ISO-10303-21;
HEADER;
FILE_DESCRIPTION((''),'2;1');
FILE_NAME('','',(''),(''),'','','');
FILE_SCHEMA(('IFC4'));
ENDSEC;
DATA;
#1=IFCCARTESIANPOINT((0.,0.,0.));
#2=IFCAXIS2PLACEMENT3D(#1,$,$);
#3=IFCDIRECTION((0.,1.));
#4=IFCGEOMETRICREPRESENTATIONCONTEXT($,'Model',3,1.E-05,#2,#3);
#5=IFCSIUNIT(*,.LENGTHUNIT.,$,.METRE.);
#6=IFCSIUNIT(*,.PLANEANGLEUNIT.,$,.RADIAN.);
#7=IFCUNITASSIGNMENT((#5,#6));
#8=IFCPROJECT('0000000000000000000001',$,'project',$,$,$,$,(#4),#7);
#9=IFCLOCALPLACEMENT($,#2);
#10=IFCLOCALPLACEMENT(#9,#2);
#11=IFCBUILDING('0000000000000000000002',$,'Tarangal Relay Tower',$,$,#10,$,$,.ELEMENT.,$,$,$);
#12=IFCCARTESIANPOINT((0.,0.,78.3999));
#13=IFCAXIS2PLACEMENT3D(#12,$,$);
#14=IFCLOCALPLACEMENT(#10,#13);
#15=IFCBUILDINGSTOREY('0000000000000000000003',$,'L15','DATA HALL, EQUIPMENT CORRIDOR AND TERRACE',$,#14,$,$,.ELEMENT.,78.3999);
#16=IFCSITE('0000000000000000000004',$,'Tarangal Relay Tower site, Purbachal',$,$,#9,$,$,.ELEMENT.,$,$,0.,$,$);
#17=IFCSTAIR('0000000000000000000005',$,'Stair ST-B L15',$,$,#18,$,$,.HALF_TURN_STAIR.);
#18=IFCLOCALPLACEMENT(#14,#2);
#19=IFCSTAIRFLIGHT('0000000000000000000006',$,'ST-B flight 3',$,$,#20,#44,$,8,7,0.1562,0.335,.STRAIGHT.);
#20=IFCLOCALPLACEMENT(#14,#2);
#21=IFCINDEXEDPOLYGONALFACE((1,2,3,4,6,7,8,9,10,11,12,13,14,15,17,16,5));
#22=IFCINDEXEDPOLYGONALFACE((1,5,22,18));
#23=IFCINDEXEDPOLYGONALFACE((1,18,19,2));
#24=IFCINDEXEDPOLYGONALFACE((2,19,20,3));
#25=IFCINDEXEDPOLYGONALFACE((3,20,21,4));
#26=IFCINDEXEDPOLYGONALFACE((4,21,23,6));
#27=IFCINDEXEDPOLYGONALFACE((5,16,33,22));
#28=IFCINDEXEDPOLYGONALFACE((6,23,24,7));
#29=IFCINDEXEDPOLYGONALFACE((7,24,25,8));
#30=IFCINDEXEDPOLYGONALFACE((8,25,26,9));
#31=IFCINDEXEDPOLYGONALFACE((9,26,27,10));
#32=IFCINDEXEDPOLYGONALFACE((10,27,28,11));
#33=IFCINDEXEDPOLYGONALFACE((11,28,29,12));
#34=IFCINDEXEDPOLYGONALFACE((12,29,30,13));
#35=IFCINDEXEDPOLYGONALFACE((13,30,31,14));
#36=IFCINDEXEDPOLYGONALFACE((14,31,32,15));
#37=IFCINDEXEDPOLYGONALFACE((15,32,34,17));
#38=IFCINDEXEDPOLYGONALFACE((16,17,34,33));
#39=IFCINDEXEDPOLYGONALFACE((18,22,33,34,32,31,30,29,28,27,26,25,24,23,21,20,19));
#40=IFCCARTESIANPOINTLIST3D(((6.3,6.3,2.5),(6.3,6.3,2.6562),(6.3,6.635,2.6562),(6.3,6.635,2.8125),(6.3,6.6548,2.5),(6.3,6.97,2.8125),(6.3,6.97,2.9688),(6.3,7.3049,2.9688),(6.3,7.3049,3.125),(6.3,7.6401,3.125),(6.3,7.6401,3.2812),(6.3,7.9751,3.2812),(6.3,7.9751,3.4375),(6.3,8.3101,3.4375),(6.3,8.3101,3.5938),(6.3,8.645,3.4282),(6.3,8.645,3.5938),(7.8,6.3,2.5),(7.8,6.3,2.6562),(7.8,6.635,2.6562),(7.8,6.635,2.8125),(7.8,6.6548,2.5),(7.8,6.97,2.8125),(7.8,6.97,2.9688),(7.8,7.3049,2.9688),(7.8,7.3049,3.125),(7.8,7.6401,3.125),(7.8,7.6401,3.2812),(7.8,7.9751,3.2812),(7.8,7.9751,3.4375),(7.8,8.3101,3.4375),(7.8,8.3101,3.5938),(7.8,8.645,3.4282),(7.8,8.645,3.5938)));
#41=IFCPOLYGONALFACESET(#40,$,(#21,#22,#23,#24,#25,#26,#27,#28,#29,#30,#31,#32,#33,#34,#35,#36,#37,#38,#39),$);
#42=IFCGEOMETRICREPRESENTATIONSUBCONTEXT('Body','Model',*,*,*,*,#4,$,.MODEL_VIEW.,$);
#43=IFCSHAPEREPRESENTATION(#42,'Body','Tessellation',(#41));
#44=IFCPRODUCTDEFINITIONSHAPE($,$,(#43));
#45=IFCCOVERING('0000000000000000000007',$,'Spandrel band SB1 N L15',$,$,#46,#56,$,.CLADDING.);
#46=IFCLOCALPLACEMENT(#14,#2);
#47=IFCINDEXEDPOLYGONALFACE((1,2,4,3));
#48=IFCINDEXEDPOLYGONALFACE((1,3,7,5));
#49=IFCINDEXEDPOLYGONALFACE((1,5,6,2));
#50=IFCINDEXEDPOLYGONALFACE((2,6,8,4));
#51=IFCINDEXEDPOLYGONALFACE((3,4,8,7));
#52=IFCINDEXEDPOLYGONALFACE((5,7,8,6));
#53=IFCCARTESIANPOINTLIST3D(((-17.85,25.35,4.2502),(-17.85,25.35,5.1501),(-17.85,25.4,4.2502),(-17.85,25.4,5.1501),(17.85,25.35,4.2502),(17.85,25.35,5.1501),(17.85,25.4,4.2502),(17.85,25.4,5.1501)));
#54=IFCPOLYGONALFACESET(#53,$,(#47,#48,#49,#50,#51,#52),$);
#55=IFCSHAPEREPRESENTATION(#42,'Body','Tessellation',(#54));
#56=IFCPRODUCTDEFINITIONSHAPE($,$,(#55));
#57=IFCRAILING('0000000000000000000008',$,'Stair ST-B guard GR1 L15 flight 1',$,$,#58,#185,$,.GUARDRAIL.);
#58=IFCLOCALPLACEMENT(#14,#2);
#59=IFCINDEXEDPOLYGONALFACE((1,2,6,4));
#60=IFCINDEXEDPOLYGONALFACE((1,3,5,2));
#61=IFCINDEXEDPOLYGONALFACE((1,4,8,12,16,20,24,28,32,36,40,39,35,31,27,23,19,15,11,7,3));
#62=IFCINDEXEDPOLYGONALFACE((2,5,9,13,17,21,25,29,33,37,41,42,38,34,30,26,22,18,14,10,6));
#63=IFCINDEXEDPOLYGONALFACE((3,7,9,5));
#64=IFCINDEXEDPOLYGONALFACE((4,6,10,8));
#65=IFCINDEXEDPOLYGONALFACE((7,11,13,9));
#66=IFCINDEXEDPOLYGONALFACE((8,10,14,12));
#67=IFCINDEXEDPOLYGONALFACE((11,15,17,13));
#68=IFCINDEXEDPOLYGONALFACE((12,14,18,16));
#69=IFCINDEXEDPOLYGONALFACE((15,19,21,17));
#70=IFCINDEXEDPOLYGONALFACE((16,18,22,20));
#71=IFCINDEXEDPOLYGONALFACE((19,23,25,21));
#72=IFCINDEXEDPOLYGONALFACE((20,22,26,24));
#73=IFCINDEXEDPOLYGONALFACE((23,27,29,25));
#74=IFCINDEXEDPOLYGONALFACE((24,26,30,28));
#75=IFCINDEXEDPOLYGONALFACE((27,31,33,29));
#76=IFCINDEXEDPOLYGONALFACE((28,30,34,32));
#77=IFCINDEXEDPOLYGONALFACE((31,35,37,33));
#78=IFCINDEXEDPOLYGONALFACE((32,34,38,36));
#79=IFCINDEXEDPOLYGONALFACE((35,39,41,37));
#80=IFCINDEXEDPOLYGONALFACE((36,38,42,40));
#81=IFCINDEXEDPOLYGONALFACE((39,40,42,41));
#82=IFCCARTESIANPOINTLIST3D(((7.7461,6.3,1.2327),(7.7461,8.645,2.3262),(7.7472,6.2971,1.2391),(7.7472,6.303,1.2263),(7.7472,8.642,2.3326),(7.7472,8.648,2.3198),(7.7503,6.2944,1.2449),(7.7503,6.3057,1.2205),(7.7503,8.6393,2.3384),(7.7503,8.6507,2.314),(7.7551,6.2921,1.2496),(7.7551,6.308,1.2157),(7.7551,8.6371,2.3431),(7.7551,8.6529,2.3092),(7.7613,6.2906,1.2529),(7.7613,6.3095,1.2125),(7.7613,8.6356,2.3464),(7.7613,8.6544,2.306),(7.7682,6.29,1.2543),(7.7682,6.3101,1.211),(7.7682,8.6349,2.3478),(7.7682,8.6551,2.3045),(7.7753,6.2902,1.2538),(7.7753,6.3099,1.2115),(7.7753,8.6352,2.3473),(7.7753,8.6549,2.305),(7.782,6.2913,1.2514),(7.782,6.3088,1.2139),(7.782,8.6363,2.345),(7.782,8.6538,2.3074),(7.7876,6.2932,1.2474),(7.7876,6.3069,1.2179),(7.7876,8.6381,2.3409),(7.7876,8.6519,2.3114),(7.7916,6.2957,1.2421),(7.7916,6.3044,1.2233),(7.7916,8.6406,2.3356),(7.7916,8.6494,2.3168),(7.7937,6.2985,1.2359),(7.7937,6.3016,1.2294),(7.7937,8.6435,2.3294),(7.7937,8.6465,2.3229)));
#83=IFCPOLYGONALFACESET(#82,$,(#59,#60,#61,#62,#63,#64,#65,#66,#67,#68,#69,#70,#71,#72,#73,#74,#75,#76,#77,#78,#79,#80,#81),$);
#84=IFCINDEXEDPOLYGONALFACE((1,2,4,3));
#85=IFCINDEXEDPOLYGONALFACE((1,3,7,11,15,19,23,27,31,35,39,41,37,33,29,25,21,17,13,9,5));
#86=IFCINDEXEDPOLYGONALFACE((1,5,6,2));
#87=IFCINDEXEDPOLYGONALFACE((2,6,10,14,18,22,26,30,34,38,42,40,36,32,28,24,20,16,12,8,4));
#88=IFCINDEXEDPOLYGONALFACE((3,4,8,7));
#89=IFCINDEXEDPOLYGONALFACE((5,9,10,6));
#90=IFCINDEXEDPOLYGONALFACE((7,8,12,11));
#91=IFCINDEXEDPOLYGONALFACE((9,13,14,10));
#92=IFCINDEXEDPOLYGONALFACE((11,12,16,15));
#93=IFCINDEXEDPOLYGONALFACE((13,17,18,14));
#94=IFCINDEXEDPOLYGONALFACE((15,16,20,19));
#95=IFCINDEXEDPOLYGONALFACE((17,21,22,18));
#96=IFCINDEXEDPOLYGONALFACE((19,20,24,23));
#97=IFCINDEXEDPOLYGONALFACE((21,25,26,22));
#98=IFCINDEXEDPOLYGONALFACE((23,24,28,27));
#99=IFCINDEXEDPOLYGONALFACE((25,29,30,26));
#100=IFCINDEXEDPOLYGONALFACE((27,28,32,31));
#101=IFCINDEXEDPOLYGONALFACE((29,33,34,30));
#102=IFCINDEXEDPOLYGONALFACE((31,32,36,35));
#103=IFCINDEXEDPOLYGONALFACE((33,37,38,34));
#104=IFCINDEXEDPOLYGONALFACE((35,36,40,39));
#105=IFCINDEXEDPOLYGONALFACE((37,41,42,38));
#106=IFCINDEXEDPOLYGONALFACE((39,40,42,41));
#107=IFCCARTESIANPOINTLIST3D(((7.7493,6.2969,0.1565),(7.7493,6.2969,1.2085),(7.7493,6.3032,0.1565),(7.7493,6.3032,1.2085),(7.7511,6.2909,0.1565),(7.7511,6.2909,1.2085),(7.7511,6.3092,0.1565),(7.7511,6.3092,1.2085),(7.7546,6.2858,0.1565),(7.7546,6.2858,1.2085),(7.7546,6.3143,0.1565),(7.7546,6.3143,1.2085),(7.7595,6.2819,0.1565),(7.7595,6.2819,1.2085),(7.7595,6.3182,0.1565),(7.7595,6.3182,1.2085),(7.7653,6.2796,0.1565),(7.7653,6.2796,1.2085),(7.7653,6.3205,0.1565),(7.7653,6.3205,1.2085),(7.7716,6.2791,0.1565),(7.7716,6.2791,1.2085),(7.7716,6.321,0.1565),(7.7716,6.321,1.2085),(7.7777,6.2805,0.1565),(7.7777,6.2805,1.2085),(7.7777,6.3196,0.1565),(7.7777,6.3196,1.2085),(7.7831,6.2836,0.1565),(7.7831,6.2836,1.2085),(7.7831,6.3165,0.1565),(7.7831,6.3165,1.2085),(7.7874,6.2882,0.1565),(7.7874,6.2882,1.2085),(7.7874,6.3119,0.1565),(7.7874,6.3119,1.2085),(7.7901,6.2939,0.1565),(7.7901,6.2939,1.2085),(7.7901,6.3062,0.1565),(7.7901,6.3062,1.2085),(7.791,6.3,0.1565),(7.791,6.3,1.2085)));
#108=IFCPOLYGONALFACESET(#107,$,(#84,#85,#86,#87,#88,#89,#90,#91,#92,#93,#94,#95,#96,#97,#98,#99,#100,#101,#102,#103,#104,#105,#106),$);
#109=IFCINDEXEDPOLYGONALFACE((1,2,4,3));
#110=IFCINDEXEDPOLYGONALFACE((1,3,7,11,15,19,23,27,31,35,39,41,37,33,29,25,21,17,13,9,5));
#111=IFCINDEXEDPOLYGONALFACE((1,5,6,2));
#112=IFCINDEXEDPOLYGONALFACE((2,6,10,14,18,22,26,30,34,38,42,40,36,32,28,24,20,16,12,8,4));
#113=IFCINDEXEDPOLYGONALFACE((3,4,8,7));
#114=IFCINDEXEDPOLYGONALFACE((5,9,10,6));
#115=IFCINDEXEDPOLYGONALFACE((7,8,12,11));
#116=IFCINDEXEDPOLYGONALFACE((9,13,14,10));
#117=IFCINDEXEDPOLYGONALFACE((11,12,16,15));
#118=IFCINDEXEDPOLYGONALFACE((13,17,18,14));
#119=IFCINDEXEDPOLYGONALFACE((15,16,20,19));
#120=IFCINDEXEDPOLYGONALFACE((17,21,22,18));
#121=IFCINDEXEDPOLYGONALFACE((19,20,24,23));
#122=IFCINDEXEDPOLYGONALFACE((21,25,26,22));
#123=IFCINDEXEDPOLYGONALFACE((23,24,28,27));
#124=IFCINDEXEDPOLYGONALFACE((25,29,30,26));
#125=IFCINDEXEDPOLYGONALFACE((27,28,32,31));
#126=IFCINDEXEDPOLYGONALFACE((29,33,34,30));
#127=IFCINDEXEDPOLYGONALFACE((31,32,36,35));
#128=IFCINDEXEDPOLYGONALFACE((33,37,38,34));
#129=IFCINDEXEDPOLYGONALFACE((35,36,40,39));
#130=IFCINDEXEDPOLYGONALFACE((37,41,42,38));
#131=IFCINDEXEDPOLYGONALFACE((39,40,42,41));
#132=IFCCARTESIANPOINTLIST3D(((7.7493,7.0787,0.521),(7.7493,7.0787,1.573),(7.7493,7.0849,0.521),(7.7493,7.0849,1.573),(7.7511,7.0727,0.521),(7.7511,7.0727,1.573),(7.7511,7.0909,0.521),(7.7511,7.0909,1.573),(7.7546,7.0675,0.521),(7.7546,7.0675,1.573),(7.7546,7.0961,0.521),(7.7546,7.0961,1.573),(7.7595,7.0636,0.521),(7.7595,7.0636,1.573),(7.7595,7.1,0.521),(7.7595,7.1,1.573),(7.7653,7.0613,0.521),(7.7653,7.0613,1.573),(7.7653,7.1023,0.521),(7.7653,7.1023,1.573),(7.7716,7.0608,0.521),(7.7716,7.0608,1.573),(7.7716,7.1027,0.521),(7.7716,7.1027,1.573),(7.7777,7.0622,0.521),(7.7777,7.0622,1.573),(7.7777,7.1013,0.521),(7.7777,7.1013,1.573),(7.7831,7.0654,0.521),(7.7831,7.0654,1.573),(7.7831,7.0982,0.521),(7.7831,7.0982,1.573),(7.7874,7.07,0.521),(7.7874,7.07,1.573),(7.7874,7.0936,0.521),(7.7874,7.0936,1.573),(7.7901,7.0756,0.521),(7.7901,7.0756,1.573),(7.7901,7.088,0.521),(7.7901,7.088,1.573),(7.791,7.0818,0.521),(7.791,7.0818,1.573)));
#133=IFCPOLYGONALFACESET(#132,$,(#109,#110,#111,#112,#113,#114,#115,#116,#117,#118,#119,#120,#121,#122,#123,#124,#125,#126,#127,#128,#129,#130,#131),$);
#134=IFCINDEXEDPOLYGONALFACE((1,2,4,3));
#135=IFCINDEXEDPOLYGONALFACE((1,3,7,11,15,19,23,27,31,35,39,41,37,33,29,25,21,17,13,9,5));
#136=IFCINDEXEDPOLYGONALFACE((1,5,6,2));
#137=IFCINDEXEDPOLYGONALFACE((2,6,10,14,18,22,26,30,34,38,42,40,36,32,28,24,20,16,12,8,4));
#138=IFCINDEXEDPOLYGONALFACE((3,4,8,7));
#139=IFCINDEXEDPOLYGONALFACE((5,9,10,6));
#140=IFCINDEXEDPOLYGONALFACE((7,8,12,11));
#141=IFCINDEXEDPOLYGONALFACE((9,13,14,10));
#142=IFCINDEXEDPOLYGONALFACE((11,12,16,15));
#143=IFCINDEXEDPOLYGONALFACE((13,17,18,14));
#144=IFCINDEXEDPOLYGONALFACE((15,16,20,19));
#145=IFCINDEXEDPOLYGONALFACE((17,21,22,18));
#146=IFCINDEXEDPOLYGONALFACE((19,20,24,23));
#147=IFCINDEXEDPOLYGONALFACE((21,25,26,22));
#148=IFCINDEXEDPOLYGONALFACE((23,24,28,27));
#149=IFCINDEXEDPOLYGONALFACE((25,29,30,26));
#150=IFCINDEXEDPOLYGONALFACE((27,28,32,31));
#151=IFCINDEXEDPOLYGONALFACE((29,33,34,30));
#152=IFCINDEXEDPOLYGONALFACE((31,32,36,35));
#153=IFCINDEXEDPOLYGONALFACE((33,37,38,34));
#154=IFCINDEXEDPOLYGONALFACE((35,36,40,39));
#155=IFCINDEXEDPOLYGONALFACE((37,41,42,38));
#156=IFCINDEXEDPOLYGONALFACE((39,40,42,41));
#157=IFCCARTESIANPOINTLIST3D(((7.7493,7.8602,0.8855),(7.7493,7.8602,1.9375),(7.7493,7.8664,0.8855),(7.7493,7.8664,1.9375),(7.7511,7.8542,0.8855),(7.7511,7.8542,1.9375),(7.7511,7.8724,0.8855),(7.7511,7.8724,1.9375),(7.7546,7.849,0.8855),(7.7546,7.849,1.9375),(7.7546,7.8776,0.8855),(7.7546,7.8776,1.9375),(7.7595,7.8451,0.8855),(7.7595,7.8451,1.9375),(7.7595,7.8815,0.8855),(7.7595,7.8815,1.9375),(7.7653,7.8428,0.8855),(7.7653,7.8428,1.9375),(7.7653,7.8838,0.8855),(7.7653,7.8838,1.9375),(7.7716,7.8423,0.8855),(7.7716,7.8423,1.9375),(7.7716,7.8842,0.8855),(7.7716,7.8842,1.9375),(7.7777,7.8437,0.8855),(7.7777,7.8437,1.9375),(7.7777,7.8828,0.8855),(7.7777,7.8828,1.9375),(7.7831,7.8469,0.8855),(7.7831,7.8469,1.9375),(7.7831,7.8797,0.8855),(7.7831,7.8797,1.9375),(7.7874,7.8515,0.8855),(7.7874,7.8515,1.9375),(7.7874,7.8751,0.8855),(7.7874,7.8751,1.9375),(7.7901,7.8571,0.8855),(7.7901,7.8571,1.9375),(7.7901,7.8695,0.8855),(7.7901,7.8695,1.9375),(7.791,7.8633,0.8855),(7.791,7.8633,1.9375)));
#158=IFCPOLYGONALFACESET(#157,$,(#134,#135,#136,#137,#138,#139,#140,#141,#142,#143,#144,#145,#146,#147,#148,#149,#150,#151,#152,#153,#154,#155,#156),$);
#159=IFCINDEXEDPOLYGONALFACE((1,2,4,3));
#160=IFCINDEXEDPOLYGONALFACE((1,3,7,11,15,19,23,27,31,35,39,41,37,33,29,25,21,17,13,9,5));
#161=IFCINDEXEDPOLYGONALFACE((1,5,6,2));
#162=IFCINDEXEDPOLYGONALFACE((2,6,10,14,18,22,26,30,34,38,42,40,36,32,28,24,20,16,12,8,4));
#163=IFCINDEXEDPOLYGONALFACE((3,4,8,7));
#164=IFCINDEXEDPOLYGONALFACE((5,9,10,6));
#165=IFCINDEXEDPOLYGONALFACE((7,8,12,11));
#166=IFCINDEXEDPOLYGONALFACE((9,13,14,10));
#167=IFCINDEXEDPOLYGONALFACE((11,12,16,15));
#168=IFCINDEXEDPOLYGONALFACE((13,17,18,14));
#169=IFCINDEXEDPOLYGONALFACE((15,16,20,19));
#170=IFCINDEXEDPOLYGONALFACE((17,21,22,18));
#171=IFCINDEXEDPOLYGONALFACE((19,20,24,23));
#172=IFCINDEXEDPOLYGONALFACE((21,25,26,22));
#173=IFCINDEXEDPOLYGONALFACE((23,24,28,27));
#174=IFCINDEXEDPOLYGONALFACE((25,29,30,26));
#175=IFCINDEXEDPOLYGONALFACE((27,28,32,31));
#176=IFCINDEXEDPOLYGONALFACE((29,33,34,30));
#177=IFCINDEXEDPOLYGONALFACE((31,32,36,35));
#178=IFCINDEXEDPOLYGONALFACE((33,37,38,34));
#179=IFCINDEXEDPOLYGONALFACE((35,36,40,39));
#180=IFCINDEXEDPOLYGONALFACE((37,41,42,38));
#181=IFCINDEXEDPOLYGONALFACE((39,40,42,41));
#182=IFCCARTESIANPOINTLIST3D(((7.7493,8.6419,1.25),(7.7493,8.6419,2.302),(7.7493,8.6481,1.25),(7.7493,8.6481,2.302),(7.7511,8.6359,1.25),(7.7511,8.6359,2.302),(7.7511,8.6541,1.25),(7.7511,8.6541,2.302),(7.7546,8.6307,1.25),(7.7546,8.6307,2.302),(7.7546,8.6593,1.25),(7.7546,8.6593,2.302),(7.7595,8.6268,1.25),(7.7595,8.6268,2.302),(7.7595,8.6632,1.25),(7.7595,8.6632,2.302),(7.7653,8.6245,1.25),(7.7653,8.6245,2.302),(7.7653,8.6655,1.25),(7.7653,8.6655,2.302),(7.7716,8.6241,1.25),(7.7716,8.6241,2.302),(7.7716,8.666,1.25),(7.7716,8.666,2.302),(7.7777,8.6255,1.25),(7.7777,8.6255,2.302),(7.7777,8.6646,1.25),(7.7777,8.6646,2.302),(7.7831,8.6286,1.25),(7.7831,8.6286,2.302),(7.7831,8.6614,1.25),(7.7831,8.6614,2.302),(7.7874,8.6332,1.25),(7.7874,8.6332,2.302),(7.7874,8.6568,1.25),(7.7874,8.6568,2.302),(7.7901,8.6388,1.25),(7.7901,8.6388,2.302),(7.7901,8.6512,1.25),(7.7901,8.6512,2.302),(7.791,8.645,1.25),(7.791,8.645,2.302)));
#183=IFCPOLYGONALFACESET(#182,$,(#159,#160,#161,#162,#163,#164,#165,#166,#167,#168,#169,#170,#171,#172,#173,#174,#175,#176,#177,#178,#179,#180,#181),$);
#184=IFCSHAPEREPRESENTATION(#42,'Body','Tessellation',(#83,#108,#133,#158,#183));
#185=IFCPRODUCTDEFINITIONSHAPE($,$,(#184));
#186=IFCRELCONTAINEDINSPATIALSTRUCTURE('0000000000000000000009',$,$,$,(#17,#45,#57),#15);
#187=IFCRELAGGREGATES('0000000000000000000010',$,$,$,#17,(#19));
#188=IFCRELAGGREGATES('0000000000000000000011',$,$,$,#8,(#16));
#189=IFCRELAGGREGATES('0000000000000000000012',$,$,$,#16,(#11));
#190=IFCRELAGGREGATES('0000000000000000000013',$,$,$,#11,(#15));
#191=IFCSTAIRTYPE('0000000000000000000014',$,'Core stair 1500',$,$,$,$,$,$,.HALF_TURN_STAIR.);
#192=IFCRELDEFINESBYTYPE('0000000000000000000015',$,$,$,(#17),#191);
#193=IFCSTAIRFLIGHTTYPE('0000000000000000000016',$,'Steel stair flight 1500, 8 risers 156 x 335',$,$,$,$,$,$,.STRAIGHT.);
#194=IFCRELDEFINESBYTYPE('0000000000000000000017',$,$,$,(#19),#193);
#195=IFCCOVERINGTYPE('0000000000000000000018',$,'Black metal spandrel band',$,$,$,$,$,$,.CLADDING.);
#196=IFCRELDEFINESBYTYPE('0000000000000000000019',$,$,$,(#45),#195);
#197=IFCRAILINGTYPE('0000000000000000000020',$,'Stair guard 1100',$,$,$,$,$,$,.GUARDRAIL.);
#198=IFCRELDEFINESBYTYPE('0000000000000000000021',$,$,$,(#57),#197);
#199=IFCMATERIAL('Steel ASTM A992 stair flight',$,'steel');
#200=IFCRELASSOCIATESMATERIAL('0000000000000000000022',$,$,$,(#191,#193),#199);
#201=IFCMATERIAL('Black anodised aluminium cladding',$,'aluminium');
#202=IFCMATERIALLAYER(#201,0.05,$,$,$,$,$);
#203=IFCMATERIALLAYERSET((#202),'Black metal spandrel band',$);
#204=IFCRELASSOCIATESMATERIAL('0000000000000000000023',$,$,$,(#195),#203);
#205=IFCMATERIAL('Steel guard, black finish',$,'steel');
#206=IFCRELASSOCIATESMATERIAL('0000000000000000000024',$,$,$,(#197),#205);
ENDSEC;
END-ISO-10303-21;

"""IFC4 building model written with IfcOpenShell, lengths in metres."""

from ifc_helpers import new_model, si_unit, direction, frame, origin, origin_2d, place, context, subcontext, project, spatial, polyline, rectangle, circle, outline, extrude, material, layer, layer_set, type_object, element, aggregate, save


model = new_model("IFC4")

# Units and contexts
model_context = context("Model", 3, precision=1e-05, world=origin(), true_north=direction((0.0, 1.0)))
body_context = subcontext(model_context, "Body", "Model", "MODEL_VIEW")
ifc_project = project(units=[si_unit("LENGTHUNIT", "METRE"), si_unit("PLANEANGLEUNIT", "RADIAN")], contexts=[model_context])

# Site, building, storey
site_placement = place(None, origin())
site = spatial("IfcSite", under=ifc_project, at=site_placement, Name="Tarangal Relay Tower site, Purbachal", CompositionType="ELEMENT", RefElevation=0.0)
building_placement = place(site_placement, origin())
building = spatial("IfcBuilding", under=site, at=building_placement, Name="Tarangal Relay Tower", CompositionType="ELEMENT")
storey_placement = place(building_placement, frame((0.0, 0.0, 78.3999)))
storey = spatial("IfcBuildingStorey", under=building, at=storey_placement, Name="L15", Description="DATA HALL, EQUIPMENT CORRIDOR AND TERRACE", CompositionType="ELEMENT", Elevation=78.3999)

# Stair
ifc_material_1 = material(Name="Steel ASTM A992 stair flight", Category="steel")
stair_type = type_object("IfcStairType", Name="Core stair 1500", PredefinedType="HALF_TURN_STAIR", material=ifc_material_1)
stair_1_placement = place(storey_placement, origin())
stair_1 = element("IfcStair", 1, at=stair_1_placement, inside=storey, type_object=stair_type, Name="Stair ST-B L15", PredefinedType="HALF_TURN_STAIR")

# Stair flight
stair_flight_type = type_object("IfcStairFlightType", Name="Steel stair flight 1500, 8 risers 156 x 335", PredefinedType="STRAIGHT", material=ifc_material_1)
stair_flight_1_placement = place(storey_placement, frame((7.05, 6.3, 2.5), z_axis=(0.0, 0.0, 1.0), x_axis=(0.0, 1.0, 0.0)))
stair_flight_1 = element("IfcStairFlight", 2, at=stair_flight_1_placement, type_object=stair_flight_type, Name="ST-B flight 3", NumberOfRisers=8, NumberOfTreads=7, PredefinedType="STRAIGHT", RiserHeight=0.1562, TreadLength=0.335, context=body_context, shape_type="SweptSolid", body=[
    extrude(outline(polyline([(0.0, 0.0), (0.0, 0.1562), (0.335, 0.1562), (0.335, 0.3125), (0.6699, 0.3125), (0.6699, 0.4688), (1.0049, 0.4688), (1.0049, 0.625), (1.3401, 0.625), (1.3401, 0.7812), (1.675, 0.7812), (1.675, 0.9375), (2.01, 0.9375), (2.01, 1.0938), (2.345, 1.0938), (2.345, 1.25), (2.345, 0.9282), (0.3547, 0.0), (0.0, 0.0)])), frame((0.0, 0.75, 0.0), z_axis=(0.0, -1.0, 0.0), x_axis=(1.0, 0.0, 0.0)), (0.0, 0.0, 1.0), 1.5),
])
aggregate(stair_1, [stair_flight_1])

# Covering
ifc_material_2 = material(Name="Black anodised aluminium cladding", Category="aluminium")
ifc_layer_1 = layer(ifc_material_2, 0.05)
ifc_layer_set_1 = layer_set([ifc_layer_1], Name="Black metal spandrel band")
covering_type = type_object("IfcCoveringType", Name="Black metal spandrel band", PredefinedType="CLADDING", material=ifc_layer_set_1)
covering_placement = place(storey_placement, frame((0.0, 25.375, 4.2502), z_axis=(0.0, 0.0, 1.0), x_axis=(1.0, 0.0, 0.0)))
element("IfcCovering", 3, at=covering_placement, inside=storey, type_object=covering_type, Name="Spandrel band SB1 N L15", PredefinedType="CLADDING", context=body_context, shape_type="SweptSolid", body=[
    extrude(rectangle(XDim=35.7, YDim=0.05, at=origin_2d()), origin(), (0.0, 0.0, 1.0), 0.8999),
])

# Railing
ifc_material_3 = material(Name="Steel guard, black finish", Category="steel")
railing_type_1 = type_object("IfcRailingType", Name="Stair guard 1100", PredefinedType="GUARDRAIL", material=ifc_material_3)
railing_1_placement = place(storey_placement, frame((7.77, 6.3, 0.1565)))
element("IfcRailing", 4, at=railing_1_placement, inside=storey, type_object=railing_type_1, Name="Stair ST-B guard GR1 L15 flight 1", PredefinedType="GUARDRAIL", context=body_context, shape_type="SweptSolid", body=[
    extrude(circle(Radius=0.0239, at=origin_2d()), frame((0.0, 0.0, 1.0762), z_axis=(0.0, 0.906304, 0.422627), x_axis=(-1.0, 0.0, 0.0)), (0.0, 0.0, 1.0), 2.5874),
    extrude(circle(Radius=0.021, at=origin_2d()), origin(), (0.0, 0.0, 1.0), 1.052),
    extrude(circle(Radius=0.021, at=origin_2d()), frame((0.0, 0.7817, 0.3645)), (0.0, 0.0, 1.0), 1.052),
    extrude(circle(Radius=0.021, at=origin_2d()), frame((0.0, 1.5632, 0.729)), (0.0, 0.0, 1.0), 1.052),
    extrude(circle(Radius=0.021, at=origin_2d()), frame((0.0, 2.345, 1.0935)), (0.0, 0.0, 1.0), 1.052),
])

save(model, "model.ifc")
